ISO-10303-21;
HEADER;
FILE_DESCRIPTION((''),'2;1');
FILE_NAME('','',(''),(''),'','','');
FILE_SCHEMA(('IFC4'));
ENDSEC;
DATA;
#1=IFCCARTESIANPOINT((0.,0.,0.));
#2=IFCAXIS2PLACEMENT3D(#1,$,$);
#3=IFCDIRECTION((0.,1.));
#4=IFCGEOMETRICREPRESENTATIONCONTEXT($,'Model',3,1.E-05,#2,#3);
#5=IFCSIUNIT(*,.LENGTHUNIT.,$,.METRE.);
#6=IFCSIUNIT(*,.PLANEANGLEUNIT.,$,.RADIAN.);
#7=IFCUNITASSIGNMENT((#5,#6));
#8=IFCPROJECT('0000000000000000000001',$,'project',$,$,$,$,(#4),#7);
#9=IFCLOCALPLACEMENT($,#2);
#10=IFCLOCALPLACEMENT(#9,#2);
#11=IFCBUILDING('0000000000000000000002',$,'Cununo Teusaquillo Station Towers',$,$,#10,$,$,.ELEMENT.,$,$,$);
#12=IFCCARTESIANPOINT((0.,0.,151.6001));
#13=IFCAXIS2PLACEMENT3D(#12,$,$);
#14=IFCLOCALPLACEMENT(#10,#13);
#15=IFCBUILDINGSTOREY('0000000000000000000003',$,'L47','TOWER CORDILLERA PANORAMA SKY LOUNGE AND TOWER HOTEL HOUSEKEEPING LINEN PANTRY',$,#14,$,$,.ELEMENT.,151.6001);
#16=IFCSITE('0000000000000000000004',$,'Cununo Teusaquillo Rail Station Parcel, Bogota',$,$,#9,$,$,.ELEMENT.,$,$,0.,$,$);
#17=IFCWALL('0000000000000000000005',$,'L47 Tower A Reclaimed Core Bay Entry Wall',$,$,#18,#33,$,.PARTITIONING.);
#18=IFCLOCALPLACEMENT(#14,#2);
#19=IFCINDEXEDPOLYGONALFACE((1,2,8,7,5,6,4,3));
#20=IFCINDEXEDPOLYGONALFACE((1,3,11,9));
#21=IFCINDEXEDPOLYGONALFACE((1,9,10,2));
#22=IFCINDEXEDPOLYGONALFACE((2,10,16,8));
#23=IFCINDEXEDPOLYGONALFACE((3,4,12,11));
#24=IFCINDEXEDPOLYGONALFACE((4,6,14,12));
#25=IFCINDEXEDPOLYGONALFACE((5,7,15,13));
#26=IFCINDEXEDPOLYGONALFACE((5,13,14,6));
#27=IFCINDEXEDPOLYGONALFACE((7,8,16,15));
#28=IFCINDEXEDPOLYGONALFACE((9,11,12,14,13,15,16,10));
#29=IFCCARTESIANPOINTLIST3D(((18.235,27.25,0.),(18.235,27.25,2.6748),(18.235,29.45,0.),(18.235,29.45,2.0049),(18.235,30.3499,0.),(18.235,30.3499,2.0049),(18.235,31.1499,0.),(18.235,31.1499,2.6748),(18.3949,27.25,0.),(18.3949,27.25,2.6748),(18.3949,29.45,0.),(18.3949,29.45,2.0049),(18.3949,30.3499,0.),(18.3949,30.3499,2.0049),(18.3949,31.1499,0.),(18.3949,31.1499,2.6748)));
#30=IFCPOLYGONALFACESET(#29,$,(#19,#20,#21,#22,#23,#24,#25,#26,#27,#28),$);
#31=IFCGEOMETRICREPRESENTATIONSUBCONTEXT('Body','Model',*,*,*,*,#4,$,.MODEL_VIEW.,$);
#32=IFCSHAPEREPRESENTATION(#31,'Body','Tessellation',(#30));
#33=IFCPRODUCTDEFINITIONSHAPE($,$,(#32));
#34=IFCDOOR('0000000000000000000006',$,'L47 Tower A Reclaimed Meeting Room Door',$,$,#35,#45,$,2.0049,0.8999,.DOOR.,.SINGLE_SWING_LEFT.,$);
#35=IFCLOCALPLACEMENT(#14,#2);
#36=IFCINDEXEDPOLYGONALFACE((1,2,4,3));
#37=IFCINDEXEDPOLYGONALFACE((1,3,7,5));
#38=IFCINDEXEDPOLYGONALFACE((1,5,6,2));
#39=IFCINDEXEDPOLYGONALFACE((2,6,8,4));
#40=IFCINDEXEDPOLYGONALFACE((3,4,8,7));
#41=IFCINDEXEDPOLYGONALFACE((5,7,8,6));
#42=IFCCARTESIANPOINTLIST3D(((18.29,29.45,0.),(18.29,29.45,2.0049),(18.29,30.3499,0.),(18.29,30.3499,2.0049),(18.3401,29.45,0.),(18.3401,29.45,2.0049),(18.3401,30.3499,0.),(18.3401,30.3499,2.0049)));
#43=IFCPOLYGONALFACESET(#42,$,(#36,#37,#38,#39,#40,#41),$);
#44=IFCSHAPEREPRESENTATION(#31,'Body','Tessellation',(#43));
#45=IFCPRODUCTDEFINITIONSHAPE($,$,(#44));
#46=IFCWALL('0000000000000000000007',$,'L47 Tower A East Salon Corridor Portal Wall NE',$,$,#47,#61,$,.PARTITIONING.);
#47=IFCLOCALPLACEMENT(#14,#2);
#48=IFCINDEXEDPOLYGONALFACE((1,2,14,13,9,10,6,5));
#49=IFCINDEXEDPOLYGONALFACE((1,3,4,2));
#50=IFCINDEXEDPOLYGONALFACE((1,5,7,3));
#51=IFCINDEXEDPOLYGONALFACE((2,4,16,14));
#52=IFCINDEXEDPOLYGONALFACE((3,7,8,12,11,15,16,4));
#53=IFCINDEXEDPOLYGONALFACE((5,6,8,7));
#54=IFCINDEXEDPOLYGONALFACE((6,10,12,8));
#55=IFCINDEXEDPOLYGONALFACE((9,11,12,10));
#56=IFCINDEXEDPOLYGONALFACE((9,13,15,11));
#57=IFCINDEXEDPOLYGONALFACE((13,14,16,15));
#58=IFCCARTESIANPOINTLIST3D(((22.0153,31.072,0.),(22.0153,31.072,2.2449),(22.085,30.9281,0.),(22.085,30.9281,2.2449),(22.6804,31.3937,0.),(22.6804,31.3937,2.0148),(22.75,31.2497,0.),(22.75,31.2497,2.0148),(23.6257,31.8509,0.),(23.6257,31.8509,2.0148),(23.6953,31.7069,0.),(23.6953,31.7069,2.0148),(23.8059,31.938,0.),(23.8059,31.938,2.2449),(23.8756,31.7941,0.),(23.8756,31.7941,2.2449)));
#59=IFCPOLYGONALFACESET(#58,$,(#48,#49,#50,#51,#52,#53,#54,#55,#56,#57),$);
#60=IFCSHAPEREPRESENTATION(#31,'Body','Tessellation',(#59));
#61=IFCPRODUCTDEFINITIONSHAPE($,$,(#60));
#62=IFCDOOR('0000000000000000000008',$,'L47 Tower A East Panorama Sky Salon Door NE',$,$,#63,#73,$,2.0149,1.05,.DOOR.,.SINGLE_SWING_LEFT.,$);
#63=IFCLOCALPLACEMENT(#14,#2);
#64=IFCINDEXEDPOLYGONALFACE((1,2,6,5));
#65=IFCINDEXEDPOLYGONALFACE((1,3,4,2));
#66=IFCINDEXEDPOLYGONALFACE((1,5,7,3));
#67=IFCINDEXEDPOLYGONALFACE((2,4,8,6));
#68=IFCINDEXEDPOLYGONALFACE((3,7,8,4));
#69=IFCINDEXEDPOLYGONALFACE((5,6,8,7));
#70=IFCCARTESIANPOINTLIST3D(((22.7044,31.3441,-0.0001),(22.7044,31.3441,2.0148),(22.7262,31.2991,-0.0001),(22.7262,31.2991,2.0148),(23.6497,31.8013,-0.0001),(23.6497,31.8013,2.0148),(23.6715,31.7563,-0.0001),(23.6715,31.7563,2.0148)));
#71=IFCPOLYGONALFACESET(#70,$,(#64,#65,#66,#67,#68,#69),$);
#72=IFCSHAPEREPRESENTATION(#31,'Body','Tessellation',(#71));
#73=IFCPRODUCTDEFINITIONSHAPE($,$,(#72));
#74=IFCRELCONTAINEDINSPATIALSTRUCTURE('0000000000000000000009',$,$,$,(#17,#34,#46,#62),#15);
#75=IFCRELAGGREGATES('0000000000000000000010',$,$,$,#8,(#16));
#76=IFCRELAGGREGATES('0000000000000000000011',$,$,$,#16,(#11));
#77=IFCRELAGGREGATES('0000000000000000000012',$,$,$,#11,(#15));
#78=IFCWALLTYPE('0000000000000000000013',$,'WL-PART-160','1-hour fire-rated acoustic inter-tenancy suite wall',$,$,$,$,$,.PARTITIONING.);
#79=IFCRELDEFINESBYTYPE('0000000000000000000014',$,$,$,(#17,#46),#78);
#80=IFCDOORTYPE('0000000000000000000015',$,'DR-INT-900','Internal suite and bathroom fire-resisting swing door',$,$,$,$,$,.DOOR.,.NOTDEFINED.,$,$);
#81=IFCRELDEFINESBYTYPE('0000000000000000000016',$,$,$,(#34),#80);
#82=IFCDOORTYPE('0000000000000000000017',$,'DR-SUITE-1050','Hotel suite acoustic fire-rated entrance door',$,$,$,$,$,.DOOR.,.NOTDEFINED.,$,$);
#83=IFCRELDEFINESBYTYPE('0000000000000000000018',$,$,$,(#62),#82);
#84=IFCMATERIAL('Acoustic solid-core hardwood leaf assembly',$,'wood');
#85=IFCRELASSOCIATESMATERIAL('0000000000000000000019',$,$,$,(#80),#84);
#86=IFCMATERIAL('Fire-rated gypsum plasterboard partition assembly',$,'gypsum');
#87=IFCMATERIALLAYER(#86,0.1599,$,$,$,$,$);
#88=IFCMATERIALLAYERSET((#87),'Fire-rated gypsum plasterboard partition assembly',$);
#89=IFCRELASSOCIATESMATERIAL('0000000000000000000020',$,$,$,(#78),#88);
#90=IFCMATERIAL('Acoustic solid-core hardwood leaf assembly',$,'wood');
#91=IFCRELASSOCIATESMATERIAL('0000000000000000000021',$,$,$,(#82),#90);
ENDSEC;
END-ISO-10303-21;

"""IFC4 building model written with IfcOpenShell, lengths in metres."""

from ifc_helpers import new_model, si_unit, direction, frame, frame_2d, origin, place, context, subcontext, project, spatial, rectangle, extrude, source, transform, mapped, material, layer, layer_set, type_object, element, fill, save


model = new_model("IFC4")

# Units and contexts
model_context = context("Model", 3, precision=1e-05, world=origin(), true_north=direction((0.0, 1.0)))
body_context = subcontext(model_context, "Body", "Model", "MODEL_VIEW")
ifc_project = project(units=[si_unit("LENGTHUNIT", "METRE"), si_unit("PLANEANGLEUNIT", "RADIAN")], contexts=[model_context])

# Site, building, storey
site_placement = place(None, origin())
site = spatial("IfcSite", under=ifc_project, at=site_placement, Name="Cununo Teusaquillo Rail Station Parcel, Bogota", CompositionType="ELEMENT", RefElevation=0.0)
building_placement = place(site_placement, origin())
building = spatial("IfcBuilding", under=site, at=building_placement, Name="Cununo Teusaquillo Station Towers", CompositionType="ELEMENT")
storey_placement = place(building_placement, frame((0.0, 0.0, 151.6001)))
storey = spatial("IfcBuildingStorey", under=building, at=storey_placement, Name="L47", Description="TOWER CORDILLERA PANORAMA SKY LOUNGE AND TOWER HOTEL HOUSEKEEPING LINEN PANTRY", CompositionType="ELEMENT", Elevation=151.6001)

# Walls, openings, doors
ifc_material_1 = material(Name="Acoustic solid-core hardwood leaf assembly", Category="wood")
door_type_1 = type_object("IfcDoorType", Name="DR-INT-900", Description="Internal suite and bathroom fire-resisting swing door", OperationType="NOTDEFINED", PredefinedType="DOOR", material=ifc_material_1)
shared_shape_1 = source(origin(), body_context, "Body", "SweptSolid", [
    extrude(rectangle(XDim=0.8999, YDim=2.0049, at=frame_2d((0.45, 1.0024))), frame((0.0, 0.0249, 0.0), z_axis=(0.0, -1.0, 0.0), x_axis=(1.0, 0.0, 0.0)), (0.0, 0.0, 1.0), 0.05),
])
ifc_material_2 = material(Name="Fire-rated gypsum plasterboard partition assembly", Category="gypsum")
ifc_layer_1 = layer(ifc_material_2, 0.1599)
ifc_layer_set_1 = layer_set([ifc_layer_1], Name="Fire-rated gypsum plasterboard partition assembly")
wall_type_1 = type_object("IfcWallType", Name="WL-PART-160", Description="1-hour fire-rated acoustic inter-tenancy suite wall", PredefinedType="PARTITIONING", material=ifc_layer_set_1)
wall_1_placement = place(storey_placement, frame((18.3149, 27.25, 0.0), z_axis=(0.0, 0.0, 1.0), x_axis=(0.0, 1.0, 0.0)))
wall_1 = element("IfcWall", 1, at=wall_1_placement, inside=storey, type_object=wall_type_1, Name="L47 Tower A Reclaimed Core Bay Entry Wall", PredefinedType="PARTITIONING", context=body_context, shape_type="SweptSolid", body=[
    extrude(rectangle(XDim=3.8999, YDim=0.1599, at=frame_2d((1.95, 0.0))), origin(), (0.0, 0.0, 1.0), 2.6748),
])
shared_shape_2 = source(origin(), body_context, "Body", "SweptSolid", [
    extrude(rectangle(XDim=0.8999, YDim=2.0049, at=frame_2d((0.45, 1.0024))), frame((0.0, 0.0898, 0.0), z_axis=(0.0, -1.0, 0.0), x_axis=(1.0, 0.0, 0.0)), (0.0, 0.0, 1.0), 0.1799),
])
opening_1_placement = place(wall_1_placement, frame((2.2, 0.0, 0.0)))
opening_1 = element("IfcOpeningElement", 2, at=opening_1_placement, cuts=wall_1, PredefinedType="OPENING", context=body_context, shape_type="MappedRepresentation", body=[
    mapped(shared_shape_2, transform((0.0, 0.0, 0.0), x_axis=(1.0, 0.0, 0.0), y_axis=(0.0, 1.0, 0.0), z_axis=(0.0, 0.0, 1.0), scale=1.0)),
])
door_1_placement = place(opening_1_placement, origin())
door_1 = element("IfcDoor", 3, at=door_1_placement, inside=storey, type_object=door_type_1, Name="L47 Tower A Reclaimed Meeting Room Door", OperationType="SINGLE_SWING_LEFT", OverallHeight=2.0049, OverallWidth=0.8999, PredefinedType="DOOR", context=body_context, shape_type="MappedRepresentation", body=[
    mapped(shared_shape_1, transform((0.0, 0.0, 0.0), x_axis=(1.0, 0.0, 0.0), y_axis=(0.0, 1.0, 0.0), z_axis=(0.0, 0.0, 1.0), scale=1.0)),
])
fill(opening_1, door_1)
wall_2_placement = place(storey_placement, frame((22.05, 31.0, 0.0), z_axis=(0.0, 0.0, 1.0), x_axis=(0.900242, 0.435391, 0.0)))
wall_2 = element("IfcWall", 4, at=wall_2_placement, inside=storey, type_object=wall_type_1, Name="L47 Tower A East Salon Corridor Portal Wall NE", PredefinedType="PARTITIONING", context=body_context, shape_type="SweptSolid", body=[
    extrude(rectangle(XDim=1.989, YDim=0.1599, at=frame_2d((0.9946, 0.0))), origin(), (0.0, 0.0, 1.0), 2.2449),
])
shared_shape_3 = source(origin(), body_context, "Body", "SweptSolid", [
    extrude(rectangle(XDim=1.05, YDim=2.0149, at=frame_2d((0.5249, 1.0073))), frame((0.0, 0.0898, 0.0), z_axis=(0.0, -1.0, 0.0), x_axis=(1.0, 0.0, 0.0)), (0.0, 0.0, 1.0), 0.1799),
])
opening_2_placement = place(wall_2_placement, frame((0.739, 0.0, 0.0)))
opening_2 = element("IfcOpeningElement", 5, at=opening_2_placement, cuts=wall_2, PredefinedType="OPENING", context=body_context, shape_type="MappedRepresentation", body=[
    mapped(shared_shape_3, transform((0.0, 0.0, 0.0), x_axis=(1.0, 0.0, 0.0), y_axis=(0.0, 1.0, 0.0), z_axis=(0.0, 0.0, 1.0), scale=1.0)),
])
ifc_material_3 = material(Name="Acoustic solid-core hardwood leaf assembly", Category="wood")
door_type_2 = type_object("IfcDoorType", Name="DR-SUITE-1050", Description="Hotel suite acoustic fire-rated entrance door", OperationType="NOTDEFINED", PredefinedType="DOOR", material=ifc_material_3)
shared_shape_4 = source(origin(), body_context, "Body", "SweptSolid", [
    extrude(rectangle(XDim=1.05, YDim=2.0149, at=frame_2d((0.5249, 1.0073))), frame((0.0, 0.0249, 0.0), z_axis=(0.0, -1.0, 0.0), x_axis=(1.0, 0.0, 0.0)), (0.0, 0.0, 1.0), 0.05),
])
door_2_placement = place(opening_2_placement, origin())
door_2 = element("IfcDoor", 6, at=door_2_placement, inside=storey, type_object=door_type_2, Name="L47 Tower A East Panorama Sky Salon Door NE", OperationType="SINGLE_SWING_LEFT", OverallHeight=2.0149, OverallWidth=1.05, PredefinedType="DOOR", context=body_context, shape_type="MappedRepresentation", body=[
    mapped(shared_shape_4, transform((0.0, 0.0, 0.0), x_axis=(1.0, 0.0, 0.0), y_axis=(0.0, 1.0, 0.0), z_axis=(0.0, 0.0, 1.0), scale=1.0)),
])
fill(opening_2, door_2)

save(model, "model.ifc")
